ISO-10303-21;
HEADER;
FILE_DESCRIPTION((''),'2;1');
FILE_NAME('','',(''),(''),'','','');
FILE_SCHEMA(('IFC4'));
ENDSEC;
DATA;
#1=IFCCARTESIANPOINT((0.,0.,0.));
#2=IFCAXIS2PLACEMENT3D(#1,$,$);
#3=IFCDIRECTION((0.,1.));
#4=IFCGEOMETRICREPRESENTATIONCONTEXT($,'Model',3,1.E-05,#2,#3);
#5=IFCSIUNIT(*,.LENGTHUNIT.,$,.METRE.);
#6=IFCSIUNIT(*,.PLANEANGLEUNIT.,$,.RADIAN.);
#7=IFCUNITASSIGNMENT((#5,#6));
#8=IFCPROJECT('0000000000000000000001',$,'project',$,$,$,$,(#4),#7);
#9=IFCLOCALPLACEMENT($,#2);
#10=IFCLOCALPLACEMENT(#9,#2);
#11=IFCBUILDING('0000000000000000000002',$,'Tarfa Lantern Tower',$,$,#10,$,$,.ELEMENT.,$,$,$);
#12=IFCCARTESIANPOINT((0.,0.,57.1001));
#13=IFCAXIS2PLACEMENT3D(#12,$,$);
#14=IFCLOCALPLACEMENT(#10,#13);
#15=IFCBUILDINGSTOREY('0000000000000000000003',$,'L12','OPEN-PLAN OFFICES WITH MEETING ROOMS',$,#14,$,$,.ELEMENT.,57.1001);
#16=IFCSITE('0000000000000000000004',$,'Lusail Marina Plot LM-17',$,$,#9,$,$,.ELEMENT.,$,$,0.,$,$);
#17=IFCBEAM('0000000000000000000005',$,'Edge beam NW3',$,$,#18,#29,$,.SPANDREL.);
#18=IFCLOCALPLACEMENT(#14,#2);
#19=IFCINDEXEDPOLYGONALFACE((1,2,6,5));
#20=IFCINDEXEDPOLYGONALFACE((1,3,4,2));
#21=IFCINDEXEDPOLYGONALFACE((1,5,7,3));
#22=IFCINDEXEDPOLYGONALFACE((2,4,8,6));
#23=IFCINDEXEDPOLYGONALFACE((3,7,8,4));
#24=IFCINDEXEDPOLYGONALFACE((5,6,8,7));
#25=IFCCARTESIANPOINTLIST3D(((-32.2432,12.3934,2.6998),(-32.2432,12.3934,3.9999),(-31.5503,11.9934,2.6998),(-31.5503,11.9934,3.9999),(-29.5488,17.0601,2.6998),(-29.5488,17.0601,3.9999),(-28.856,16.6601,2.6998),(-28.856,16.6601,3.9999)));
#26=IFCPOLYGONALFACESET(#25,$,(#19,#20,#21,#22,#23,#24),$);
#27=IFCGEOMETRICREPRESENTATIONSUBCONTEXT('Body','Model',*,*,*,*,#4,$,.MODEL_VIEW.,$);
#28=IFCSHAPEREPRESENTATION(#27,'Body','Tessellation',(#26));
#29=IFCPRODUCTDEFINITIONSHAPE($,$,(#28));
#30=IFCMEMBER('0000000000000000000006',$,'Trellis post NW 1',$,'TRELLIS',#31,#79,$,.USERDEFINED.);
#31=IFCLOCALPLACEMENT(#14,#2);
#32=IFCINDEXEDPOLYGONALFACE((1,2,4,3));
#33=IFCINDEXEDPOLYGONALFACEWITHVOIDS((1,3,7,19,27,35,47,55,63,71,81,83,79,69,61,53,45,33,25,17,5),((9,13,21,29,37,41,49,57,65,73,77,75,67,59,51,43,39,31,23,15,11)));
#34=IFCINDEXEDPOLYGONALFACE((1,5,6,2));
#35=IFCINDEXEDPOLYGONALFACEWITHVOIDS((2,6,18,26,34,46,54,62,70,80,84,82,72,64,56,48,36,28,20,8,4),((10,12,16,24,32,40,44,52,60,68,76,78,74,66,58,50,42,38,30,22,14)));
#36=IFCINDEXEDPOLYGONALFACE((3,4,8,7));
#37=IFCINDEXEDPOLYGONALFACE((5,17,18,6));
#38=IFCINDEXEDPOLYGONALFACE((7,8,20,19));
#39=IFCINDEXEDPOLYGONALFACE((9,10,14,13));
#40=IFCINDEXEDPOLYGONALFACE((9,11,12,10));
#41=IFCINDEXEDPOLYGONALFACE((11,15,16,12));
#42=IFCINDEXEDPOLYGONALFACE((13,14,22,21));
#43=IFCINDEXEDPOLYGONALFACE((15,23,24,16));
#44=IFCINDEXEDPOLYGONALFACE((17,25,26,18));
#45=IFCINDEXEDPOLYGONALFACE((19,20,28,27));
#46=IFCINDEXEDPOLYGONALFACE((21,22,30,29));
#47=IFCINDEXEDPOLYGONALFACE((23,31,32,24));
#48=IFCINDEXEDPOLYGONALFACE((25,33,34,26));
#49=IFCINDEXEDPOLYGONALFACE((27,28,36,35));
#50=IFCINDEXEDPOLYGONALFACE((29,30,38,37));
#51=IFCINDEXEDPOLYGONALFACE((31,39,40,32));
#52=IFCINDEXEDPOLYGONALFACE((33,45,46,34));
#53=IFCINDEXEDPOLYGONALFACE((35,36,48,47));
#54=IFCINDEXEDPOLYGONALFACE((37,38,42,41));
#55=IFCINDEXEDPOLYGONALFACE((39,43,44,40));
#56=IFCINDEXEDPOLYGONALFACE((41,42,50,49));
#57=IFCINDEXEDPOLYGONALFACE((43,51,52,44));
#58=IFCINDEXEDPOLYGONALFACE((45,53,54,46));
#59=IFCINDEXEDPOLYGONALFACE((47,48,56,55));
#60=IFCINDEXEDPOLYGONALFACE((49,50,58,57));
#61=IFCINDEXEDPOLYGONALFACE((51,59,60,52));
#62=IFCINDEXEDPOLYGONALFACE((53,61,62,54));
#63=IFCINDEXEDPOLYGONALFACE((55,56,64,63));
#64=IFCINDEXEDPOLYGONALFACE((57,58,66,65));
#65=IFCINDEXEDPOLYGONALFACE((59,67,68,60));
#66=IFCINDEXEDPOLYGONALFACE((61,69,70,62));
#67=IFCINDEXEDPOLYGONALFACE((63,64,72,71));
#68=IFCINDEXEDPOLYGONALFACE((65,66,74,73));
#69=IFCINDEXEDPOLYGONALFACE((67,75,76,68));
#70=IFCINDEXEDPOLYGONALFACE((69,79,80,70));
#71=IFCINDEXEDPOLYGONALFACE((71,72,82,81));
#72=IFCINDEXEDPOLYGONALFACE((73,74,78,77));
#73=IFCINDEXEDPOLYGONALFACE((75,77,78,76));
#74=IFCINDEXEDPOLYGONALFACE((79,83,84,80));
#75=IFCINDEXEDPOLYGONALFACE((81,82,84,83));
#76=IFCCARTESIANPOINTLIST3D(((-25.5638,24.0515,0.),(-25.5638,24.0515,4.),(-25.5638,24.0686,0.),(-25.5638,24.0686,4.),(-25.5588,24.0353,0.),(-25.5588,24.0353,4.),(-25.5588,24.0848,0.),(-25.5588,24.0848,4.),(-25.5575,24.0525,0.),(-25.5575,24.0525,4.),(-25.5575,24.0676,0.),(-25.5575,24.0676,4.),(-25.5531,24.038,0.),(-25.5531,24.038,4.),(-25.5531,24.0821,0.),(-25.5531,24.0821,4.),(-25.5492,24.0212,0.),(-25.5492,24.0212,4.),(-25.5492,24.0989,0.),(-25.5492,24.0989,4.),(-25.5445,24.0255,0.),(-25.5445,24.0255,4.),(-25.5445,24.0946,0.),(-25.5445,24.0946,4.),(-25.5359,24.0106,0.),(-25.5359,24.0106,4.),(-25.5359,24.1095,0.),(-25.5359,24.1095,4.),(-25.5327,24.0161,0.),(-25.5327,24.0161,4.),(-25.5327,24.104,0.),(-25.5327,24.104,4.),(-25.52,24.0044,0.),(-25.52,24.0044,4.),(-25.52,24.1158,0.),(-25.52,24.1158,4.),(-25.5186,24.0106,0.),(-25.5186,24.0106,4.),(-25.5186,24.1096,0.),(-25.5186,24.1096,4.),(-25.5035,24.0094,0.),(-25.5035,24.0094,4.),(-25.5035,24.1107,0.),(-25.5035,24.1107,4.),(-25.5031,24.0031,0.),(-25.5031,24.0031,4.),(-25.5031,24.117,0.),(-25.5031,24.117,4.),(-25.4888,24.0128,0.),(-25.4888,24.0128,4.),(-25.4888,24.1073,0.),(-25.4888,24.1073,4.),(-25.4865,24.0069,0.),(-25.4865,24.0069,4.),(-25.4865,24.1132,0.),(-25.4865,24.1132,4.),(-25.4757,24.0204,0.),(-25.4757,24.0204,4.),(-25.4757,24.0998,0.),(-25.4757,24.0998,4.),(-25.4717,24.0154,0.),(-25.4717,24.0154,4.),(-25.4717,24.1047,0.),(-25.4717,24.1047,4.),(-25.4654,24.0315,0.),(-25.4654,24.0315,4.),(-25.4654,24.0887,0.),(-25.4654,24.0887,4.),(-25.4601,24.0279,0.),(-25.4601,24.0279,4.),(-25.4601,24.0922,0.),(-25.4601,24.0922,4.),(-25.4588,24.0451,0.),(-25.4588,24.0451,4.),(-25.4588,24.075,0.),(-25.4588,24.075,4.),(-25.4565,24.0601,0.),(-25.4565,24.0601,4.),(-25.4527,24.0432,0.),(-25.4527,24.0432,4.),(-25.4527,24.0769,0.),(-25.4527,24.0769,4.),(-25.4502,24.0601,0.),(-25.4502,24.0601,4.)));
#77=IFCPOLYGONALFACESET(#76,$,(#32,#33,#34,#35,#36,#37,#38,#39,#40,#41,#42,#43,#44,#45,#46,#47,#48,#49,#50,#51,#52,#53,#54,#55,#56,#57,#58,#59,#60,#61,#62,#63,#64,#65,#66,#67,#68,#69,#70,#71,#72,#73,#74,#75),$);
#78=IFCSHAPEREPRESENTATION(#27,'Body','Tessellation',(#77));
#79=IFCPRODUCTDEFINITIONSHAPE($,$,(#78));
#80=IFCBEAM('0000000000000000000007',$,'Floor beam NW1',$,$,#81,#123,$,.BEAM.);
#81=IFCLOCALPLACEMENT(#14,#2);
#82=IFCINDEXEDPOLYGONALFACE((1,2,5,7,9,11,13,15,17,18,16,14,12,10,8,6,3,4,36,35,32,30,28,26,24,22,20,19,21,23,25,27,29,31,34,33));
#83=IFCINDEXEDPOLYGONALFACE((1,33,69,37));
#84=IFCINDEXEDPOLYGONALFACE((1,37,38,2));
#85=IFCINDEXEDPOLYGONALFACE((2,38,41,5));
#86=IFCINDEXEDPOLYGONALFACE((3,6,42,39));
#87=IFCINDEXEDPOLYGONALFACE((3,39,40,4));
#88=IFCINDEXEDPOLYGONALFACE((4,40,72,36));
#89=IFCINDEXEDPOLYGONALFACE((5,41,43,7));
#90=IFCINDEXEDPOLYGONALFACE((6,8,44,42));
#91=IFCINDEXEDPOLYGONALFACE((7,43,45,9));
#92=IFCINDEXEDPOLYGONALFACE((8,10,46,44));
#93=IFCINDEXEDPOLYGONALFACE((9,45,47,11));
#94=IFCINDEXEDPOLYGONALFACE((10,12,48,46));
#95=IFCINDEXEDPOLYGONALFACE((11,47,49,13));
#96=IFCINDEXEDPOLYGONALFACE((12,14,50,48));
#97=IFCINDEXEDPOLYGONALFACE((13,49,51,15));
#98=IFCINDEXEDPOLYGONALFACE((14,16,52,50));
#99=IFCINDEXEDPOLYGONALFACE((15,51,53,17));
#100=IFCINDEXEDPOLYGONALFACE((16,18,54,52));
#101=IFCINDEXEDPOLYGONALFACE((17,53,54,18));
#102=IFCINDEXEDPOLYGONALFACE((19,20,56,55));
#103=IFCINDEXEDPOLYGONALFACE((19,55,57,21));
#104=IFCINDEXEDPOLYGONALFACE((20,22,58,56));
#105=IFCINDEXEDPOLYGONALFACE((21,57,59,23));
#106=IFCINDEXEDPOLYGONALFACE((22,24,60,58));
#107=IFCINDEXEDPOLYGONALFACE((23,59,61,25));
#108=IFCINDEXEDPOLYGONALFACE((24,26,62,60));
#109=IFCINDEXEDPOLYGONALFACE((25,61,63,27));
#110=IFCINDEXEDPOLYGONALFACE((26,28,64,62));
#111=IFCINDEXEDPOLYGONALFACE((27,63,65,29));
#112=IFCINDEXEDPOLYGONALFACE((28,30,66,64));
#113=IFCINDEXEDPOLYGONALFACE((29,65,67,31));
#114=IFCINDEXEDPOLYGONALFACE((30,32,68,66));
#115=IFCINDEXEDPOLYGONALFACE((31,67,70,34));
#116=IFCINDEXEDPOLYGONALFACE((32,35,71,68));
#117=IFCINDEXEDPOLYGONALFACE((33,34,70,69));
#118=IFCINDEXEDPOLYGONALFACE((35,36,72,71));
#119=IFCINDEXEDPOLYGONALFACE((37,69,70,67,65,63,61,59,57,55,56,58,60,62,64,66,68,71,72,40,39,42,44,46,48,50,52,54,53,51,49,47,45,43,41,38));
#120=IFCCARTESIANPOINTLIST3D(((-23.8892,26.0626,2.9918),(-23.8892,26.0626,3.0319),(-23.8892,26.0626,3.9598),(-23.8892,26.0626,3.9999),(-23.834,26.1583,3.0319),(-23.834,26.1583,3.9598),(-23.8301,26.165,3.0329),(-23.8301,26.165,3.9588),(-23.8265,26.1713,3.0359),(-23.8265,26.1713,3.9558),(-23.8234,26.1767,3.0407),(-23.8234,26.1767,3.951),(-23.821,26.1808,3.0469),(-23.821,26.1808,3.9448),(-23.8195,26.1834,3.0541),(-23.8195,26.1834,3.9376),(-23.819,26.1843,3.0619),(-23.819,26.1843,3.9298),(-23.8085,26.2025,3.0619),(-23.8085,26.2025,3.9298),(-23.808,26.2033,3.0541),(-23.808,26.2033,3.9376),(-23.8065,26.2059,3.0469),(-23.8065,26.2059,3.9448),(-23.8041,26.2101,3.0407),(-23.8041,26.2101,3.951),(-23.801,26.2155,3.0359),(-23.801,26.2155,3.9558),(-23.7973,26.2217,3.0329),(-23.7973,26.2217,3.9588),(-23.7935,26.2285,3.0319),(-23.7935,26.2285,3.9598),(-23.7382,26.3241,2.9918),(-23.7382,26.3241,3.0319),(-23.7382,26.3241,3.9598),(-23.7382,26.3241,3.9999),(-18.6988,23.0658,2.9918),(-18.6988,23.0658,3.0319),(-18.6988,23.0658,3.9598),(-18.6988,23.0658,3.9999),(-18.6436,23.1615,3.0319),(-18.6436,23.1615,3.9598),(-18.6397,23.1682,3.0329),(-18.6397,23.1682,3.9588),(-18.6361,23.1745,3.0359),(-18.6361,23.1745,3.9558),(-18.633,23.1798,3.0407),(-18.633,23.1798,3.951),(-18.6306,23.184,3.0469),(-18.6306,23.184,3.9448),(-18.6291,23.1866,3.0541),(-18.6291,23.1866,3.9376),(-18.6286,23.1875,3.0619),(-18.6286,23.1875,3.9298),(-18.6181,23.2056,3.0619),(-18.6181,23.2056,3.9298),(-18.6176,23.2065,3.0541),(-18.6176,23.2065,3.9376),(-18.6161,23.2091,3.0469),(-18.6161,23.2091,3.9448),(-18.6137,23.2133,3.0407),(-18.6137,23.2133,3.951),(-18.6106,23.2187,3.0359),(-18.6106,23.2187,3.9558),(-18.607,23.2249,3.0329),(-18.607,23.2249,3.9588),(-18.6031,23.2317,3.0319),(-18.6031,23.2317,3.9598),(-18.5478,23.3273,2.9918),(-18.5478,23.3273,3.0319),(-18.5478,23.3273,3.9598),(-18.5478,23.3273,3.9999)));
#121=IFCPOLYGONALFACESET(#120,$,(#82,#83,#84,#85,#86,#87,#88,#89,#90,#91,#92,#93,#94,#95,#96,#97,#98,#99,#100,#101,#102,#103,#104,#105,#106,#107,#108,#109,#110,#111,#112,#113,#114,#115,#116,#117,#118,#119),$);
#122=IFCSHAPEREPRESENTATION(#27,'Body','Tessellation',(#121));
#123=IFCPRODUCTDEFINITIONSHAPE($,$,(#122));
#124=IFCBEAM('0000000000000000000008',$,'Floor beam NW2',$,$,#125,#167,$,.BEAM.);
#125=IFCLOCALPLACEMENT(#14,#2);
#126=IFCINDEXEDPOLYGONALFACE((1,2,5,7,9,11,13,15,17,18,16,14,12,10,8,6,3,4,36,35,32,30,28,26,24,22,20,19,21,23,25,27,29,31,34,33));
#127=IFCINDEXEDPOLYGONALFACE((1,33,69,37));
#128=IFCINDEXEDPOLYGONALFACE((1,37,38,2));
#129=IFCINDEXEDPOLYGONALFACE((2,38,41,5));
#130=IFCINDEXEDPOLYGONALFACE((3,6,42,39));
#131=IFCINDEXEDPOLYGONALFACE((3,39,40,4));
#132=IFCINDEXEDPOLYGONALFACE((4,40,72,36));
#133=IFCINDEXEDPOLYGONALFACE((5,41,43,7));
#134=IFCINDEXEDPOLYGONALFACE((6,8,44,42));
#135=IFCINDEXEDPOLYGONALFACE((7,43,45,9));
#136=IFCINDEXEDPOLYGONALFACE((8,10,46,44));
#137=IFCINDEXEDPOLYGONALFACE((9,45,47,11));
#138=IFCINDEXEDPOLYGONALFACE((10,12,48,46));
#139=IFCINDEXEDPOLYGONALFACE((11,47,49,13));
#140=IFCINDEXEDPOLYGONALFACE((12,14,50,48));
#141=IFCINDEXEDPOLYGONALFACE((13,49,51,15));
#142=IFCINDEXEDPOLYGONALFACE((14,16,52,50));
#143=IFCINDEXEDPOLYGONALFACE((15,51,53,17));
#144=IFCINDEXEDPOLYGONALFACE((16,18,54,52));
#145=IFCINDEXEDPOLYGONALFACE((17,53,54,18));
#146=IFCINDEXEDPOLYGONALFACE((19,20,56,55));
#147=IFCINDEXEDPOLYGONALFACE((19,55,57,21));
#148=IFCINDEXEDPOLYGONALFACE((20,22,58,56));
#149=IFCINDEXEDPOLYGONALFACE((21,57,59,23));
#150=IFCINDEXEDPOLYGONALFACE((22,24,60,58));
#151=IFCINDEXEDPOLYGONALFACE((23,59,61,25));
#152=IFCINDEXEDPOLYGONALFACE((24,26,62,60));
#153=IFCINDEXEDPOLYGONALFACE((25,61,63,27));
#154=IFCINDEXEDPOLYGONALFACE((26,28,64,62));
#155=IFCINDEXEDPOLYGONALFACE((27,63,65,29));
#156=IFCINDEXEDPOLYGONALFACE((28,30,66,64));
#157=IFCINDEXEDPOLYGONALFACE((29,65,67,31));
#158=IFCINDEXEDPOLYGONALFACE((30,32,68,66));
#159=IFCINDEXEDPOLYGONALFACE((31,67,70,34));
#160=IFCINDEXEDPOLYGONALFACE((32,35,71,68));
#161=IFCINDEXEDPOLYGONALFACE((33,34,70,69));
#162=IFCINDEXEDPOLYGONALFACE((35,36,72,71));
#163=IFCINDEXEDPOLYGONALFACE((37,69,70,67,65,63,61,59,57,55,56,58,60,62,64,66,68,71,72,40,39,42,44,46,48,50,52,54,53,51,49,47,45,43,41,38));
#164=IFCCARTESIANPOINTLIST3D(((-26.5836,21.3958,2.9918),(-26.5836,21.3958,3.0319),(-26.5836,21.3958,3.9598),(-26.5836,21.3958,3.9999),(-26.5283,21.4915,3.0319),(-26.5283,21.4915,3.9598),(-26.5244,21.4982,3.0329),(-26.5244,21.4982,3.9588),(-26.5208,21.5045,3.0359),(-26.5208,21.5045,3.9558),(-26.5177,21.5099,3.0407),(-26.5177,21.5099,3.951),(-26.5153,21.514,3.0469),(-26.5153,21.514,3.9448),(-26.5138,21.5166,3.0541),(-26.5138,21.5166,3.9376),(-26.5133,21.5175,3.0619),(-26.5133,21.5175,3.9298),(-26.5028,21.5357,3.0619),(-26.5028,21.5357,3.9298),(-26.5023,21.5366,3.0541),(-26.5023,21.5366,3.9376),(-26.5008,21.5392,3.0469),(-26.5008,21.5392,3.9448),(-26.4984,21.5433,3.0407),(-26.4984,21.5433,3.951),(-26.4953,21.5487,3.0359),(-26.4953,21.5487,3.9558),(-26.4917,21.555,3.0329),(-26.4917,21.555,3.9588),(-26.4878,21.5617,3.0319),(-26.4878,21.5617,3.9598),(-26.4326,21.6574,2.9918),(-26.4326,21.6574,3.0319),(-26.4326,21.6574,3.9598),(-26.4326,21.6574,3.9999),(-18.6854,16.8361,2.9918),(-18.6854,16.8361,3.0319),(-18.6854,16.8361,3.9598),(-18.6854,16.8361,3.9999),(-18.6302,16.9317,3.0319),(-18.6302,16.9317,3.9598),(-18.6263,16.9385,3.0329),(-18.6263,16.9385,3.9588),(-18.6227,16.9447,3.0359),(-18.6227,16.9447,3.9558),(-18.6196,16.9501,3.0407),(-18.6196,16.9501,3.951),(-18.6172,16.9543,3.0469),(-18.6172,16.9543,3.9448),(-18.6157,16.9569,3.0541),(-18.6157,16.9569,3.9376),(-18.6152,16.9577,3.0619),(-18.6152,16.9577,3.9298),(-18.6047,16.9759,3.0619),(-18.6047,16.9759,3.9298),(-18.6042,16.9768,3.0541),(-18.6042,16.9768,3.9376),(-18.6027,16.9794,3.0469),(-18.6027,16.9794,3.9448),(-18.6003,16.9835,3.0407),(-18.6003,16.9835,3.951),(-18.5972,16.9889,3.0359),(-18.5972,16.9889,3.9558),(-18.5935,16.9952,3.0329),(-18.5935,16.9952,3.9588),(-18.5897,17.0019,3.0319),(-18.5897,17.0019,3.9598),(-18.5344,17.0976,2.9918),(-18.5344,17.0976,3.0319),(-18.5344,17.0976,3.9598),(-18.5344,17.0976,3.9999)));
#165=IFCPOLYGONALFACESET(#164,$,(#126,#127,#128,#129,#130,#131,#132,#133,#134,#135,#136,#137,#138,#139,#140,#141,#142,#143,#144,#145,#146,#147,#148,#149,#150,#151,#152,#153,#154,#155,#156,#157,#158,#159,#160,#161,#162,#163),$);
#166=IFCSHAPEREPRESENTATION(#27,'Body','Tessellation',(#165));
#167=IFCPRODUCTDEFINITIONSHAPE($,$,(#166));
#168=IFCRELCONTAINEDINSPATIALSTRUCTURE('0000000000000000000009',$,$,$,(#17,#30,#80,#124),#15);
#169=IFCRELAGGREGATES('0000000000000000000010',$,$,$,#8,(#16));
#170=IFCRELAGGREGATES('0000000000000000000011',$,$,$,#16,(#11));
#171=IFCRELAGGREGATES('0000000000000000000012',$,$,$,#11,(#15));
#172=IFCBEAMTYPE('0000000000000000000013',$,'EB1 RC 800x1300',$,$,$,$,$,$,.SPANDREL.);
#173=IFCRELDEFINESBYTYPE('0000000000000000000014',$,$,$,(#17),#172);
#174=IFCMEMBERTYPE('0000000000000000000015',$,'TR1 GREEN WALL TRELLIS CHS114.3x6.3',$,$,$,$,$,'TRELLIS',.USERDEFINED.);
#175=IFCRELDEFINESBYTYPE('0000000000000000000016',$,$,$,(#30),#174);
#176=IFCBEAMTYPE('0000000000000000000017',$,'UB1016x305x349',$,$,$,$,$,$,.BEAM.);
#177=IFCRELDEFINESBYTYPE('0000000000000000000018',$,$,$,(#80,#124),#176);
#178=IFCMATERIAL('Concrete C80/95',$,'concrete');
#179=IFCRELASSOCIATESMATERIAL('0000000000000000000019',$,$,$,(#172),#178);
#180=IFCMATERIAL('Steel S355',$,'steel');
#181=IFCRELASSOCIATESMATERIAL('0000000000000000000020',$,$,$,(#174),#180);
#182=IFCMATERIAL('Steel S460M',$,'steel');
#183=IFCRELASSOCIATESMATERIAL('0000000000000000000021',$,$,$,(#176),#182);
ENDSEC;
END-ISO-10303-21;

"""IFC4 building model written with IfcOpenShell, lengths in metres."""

from ifc_helpers import new_model, si_unit, direction, frame, origin, origin_2d, place, context, subcontext, project, spatial, rectangle, hollow_circle, i_section, extrude, material, material_profile, profile_set, type_object, element, save


model = new_model("IFC4")

# Units and contexts
model_context = context("Model", 3, precision=1e-05, world=origin(), true_north=direction((0.0, 1.0)))
body_context = subcontext(model_context, "Body", "Model", "MODEL_VIEW")
ifc_project = project(units=[si_unit("LENGTHUNIT", "METRE"), si_unit("PLANEANGLEUNIT", "RADIAN")], contexts=[model_context])

# Site, building, storey
site_placement = place(None, origin())
site = spatial("IfcSite", under=ifc_project, at=site_placement, Name="Lusail Marina Plot LM-17", CompositionType="ELEMENT", RefElevation=0.0)
building_placement = place(site_placement, origin())
building = spatial("IfcBuilding", under=site, at=building_placement, Name="Tarfa Lantern Tower", CompositionType="ELEMENT")
storey_placement = place(building_placement, frame((0.0, 0.0, 57.1001)))
storey = spatial("IfcBuildingStorey", under=building, at=storey_placement, Name="L12", Description="OPEN-PLAN OFFICES WITH MEETING ROOMS", CompositionType="ELEMENT", Elevation=57.1001)

# Shared definitions
ifc_material_1 = material(Name="Concrete C80/95", Category="concrete")

# Beam
ifc_material_profile_1 = material_profile(ifc_material_1, rectangle(XDim=0.8, YDim=1.3, at=origin_2d()), Name="RC 800x1300")
ifc_profile_set_1 = profile_set([ifc_material_profile_1], Name="Concrete C80/95")
beam_type_1 = type_object("IfcBeamType", Name="EB1 RC 800x1300", PredefinedType="SPANDREL", material=ifc_profile_set_1)
beam_1_placement = place(storey_placement, frame((-29.2024, 16.8601, 3.3499), z_axis=(-0.499998, -0.866026, 0.0), x_axis=(0.866026, -0.499998, 0.0)))
element("IfcBeam", 1, at=beam_1_placement, inside=storey, type_object=beam_type_1, Name="Edge beam NW3", PredefinedType="SPANDREL", context=body_context, shape_type="SweptSolid", body=[
    extrude(rectangle(XDim=0.8, YDim=1.3, at=origin_2d()), origin(), (0.0, 0.0, 1.0), 5.3887),
])

# Member
ifc_material_2 = material(Name="Steel S355", Category="steel")
ifc_material_profile_2 = material_profile(ifc_material_2, hollow_circle(Radius=0.0571, WallThickness=0.0063, at=origin_2d()), Name="CHS114.3x6.3")
ifc_profile_set_2 = profile_set([ifc_material_profile_2], Name="Steel S355")
member_type_1 = type_object("IfcMemberType", Name="TR1 GREEN WALL TRELLIS CHS114.3x6.3", ElementType="TRELLIS", PredefinedType="USERDEFINED", material=ifc_profile_set_2)
member_1_placement = place(storey_placement, frame((-25.5073, 24.0601, 0.0), z_axis=(0.0, 0.0, 1.0), x_axis=(1.0, 0.0, 0.0)))
element("IfcMember", 2, at=member_1_placement, inside=storey, type_object=member_type_1, Name="Trellis post NW 1", ObjectType="TRELLIS", PredefinedType="USERDEFINED", context=body_context, shape_type="SweptSolid", body=[
    extrude(hollow_circle(Radius=0.0571, WallThickness=0.0063, at=origin_2d()), origin(), (0.0, 0.0, 1.0), 4.0),
])

# Beams
ifc_material_3 = material(Name="Steel S460M", Category="steel")
ifc_material_profile_3 = material_profile(ifc_material_3, i_section(OverallWidth=0.302, OverallDepth=1.0081, WebThickness=0.021, FlangeThickness=0.04, FilletRadius=0.03, at=origin_2d()), Name="UB1016x305x349")
ifc_profile_set_3 = profile_set([ifc_material_profile_3], Name="Steel S460M")
beam_type_2 = type_object("IfcBeamType", Name="UB1016x305x349", PredefinedType="BEAM", material=ifc_profile_set_3)
beam_2_placement = place(storey_placement, frame((-23.8137, 26.1934, 3.4958), z_axis=(0.866016, -0.500016, 0.0), x_axis=(0.500016, 0.866016, 0.0)))
element("IfcBeam", 3, at=beam_2_placement, inside=storey, type_object=beam_type_2, Name="Floor beam NW1", PredefinedType="BEAM", context=body_context, shape_type="SweptSolid", body=[
    extrude(i_section(OverallWidth=0.302, OverallDepth=1.0081, WebThickness=0.021, FlangeThickness=0.04, FilletRadius=0.03, at=origin_2d()), origin(), (0.0, 0.0, 1.0), 5.9934),
])
beam_3_placement = place(storey_placement, frame((-26.5081, 21.5266, 3.4958), z_axis=(0.866035, -0.499983, 0.0), x_axis=(0.499983, 0.866035, 0.0)))
element("IfcBeam", 4, at=beam_3_placement, inside=storey, type_object=beam_type_2, Name="Floor beam NW2", PredefinedType="BEAM", context=body_context, shape_type="SweptSolid", body=[
    extrude(i_section(OverallWidth=0.302, OverallDepth=1.0081, WebThickness=0.021, FlangeThickness=0.04, FilletRadius=0.03, at=origin_2d()), origin(), (0.0, 0.0, 1.0), 9.1199),
])

save(model, "model.ifc")
